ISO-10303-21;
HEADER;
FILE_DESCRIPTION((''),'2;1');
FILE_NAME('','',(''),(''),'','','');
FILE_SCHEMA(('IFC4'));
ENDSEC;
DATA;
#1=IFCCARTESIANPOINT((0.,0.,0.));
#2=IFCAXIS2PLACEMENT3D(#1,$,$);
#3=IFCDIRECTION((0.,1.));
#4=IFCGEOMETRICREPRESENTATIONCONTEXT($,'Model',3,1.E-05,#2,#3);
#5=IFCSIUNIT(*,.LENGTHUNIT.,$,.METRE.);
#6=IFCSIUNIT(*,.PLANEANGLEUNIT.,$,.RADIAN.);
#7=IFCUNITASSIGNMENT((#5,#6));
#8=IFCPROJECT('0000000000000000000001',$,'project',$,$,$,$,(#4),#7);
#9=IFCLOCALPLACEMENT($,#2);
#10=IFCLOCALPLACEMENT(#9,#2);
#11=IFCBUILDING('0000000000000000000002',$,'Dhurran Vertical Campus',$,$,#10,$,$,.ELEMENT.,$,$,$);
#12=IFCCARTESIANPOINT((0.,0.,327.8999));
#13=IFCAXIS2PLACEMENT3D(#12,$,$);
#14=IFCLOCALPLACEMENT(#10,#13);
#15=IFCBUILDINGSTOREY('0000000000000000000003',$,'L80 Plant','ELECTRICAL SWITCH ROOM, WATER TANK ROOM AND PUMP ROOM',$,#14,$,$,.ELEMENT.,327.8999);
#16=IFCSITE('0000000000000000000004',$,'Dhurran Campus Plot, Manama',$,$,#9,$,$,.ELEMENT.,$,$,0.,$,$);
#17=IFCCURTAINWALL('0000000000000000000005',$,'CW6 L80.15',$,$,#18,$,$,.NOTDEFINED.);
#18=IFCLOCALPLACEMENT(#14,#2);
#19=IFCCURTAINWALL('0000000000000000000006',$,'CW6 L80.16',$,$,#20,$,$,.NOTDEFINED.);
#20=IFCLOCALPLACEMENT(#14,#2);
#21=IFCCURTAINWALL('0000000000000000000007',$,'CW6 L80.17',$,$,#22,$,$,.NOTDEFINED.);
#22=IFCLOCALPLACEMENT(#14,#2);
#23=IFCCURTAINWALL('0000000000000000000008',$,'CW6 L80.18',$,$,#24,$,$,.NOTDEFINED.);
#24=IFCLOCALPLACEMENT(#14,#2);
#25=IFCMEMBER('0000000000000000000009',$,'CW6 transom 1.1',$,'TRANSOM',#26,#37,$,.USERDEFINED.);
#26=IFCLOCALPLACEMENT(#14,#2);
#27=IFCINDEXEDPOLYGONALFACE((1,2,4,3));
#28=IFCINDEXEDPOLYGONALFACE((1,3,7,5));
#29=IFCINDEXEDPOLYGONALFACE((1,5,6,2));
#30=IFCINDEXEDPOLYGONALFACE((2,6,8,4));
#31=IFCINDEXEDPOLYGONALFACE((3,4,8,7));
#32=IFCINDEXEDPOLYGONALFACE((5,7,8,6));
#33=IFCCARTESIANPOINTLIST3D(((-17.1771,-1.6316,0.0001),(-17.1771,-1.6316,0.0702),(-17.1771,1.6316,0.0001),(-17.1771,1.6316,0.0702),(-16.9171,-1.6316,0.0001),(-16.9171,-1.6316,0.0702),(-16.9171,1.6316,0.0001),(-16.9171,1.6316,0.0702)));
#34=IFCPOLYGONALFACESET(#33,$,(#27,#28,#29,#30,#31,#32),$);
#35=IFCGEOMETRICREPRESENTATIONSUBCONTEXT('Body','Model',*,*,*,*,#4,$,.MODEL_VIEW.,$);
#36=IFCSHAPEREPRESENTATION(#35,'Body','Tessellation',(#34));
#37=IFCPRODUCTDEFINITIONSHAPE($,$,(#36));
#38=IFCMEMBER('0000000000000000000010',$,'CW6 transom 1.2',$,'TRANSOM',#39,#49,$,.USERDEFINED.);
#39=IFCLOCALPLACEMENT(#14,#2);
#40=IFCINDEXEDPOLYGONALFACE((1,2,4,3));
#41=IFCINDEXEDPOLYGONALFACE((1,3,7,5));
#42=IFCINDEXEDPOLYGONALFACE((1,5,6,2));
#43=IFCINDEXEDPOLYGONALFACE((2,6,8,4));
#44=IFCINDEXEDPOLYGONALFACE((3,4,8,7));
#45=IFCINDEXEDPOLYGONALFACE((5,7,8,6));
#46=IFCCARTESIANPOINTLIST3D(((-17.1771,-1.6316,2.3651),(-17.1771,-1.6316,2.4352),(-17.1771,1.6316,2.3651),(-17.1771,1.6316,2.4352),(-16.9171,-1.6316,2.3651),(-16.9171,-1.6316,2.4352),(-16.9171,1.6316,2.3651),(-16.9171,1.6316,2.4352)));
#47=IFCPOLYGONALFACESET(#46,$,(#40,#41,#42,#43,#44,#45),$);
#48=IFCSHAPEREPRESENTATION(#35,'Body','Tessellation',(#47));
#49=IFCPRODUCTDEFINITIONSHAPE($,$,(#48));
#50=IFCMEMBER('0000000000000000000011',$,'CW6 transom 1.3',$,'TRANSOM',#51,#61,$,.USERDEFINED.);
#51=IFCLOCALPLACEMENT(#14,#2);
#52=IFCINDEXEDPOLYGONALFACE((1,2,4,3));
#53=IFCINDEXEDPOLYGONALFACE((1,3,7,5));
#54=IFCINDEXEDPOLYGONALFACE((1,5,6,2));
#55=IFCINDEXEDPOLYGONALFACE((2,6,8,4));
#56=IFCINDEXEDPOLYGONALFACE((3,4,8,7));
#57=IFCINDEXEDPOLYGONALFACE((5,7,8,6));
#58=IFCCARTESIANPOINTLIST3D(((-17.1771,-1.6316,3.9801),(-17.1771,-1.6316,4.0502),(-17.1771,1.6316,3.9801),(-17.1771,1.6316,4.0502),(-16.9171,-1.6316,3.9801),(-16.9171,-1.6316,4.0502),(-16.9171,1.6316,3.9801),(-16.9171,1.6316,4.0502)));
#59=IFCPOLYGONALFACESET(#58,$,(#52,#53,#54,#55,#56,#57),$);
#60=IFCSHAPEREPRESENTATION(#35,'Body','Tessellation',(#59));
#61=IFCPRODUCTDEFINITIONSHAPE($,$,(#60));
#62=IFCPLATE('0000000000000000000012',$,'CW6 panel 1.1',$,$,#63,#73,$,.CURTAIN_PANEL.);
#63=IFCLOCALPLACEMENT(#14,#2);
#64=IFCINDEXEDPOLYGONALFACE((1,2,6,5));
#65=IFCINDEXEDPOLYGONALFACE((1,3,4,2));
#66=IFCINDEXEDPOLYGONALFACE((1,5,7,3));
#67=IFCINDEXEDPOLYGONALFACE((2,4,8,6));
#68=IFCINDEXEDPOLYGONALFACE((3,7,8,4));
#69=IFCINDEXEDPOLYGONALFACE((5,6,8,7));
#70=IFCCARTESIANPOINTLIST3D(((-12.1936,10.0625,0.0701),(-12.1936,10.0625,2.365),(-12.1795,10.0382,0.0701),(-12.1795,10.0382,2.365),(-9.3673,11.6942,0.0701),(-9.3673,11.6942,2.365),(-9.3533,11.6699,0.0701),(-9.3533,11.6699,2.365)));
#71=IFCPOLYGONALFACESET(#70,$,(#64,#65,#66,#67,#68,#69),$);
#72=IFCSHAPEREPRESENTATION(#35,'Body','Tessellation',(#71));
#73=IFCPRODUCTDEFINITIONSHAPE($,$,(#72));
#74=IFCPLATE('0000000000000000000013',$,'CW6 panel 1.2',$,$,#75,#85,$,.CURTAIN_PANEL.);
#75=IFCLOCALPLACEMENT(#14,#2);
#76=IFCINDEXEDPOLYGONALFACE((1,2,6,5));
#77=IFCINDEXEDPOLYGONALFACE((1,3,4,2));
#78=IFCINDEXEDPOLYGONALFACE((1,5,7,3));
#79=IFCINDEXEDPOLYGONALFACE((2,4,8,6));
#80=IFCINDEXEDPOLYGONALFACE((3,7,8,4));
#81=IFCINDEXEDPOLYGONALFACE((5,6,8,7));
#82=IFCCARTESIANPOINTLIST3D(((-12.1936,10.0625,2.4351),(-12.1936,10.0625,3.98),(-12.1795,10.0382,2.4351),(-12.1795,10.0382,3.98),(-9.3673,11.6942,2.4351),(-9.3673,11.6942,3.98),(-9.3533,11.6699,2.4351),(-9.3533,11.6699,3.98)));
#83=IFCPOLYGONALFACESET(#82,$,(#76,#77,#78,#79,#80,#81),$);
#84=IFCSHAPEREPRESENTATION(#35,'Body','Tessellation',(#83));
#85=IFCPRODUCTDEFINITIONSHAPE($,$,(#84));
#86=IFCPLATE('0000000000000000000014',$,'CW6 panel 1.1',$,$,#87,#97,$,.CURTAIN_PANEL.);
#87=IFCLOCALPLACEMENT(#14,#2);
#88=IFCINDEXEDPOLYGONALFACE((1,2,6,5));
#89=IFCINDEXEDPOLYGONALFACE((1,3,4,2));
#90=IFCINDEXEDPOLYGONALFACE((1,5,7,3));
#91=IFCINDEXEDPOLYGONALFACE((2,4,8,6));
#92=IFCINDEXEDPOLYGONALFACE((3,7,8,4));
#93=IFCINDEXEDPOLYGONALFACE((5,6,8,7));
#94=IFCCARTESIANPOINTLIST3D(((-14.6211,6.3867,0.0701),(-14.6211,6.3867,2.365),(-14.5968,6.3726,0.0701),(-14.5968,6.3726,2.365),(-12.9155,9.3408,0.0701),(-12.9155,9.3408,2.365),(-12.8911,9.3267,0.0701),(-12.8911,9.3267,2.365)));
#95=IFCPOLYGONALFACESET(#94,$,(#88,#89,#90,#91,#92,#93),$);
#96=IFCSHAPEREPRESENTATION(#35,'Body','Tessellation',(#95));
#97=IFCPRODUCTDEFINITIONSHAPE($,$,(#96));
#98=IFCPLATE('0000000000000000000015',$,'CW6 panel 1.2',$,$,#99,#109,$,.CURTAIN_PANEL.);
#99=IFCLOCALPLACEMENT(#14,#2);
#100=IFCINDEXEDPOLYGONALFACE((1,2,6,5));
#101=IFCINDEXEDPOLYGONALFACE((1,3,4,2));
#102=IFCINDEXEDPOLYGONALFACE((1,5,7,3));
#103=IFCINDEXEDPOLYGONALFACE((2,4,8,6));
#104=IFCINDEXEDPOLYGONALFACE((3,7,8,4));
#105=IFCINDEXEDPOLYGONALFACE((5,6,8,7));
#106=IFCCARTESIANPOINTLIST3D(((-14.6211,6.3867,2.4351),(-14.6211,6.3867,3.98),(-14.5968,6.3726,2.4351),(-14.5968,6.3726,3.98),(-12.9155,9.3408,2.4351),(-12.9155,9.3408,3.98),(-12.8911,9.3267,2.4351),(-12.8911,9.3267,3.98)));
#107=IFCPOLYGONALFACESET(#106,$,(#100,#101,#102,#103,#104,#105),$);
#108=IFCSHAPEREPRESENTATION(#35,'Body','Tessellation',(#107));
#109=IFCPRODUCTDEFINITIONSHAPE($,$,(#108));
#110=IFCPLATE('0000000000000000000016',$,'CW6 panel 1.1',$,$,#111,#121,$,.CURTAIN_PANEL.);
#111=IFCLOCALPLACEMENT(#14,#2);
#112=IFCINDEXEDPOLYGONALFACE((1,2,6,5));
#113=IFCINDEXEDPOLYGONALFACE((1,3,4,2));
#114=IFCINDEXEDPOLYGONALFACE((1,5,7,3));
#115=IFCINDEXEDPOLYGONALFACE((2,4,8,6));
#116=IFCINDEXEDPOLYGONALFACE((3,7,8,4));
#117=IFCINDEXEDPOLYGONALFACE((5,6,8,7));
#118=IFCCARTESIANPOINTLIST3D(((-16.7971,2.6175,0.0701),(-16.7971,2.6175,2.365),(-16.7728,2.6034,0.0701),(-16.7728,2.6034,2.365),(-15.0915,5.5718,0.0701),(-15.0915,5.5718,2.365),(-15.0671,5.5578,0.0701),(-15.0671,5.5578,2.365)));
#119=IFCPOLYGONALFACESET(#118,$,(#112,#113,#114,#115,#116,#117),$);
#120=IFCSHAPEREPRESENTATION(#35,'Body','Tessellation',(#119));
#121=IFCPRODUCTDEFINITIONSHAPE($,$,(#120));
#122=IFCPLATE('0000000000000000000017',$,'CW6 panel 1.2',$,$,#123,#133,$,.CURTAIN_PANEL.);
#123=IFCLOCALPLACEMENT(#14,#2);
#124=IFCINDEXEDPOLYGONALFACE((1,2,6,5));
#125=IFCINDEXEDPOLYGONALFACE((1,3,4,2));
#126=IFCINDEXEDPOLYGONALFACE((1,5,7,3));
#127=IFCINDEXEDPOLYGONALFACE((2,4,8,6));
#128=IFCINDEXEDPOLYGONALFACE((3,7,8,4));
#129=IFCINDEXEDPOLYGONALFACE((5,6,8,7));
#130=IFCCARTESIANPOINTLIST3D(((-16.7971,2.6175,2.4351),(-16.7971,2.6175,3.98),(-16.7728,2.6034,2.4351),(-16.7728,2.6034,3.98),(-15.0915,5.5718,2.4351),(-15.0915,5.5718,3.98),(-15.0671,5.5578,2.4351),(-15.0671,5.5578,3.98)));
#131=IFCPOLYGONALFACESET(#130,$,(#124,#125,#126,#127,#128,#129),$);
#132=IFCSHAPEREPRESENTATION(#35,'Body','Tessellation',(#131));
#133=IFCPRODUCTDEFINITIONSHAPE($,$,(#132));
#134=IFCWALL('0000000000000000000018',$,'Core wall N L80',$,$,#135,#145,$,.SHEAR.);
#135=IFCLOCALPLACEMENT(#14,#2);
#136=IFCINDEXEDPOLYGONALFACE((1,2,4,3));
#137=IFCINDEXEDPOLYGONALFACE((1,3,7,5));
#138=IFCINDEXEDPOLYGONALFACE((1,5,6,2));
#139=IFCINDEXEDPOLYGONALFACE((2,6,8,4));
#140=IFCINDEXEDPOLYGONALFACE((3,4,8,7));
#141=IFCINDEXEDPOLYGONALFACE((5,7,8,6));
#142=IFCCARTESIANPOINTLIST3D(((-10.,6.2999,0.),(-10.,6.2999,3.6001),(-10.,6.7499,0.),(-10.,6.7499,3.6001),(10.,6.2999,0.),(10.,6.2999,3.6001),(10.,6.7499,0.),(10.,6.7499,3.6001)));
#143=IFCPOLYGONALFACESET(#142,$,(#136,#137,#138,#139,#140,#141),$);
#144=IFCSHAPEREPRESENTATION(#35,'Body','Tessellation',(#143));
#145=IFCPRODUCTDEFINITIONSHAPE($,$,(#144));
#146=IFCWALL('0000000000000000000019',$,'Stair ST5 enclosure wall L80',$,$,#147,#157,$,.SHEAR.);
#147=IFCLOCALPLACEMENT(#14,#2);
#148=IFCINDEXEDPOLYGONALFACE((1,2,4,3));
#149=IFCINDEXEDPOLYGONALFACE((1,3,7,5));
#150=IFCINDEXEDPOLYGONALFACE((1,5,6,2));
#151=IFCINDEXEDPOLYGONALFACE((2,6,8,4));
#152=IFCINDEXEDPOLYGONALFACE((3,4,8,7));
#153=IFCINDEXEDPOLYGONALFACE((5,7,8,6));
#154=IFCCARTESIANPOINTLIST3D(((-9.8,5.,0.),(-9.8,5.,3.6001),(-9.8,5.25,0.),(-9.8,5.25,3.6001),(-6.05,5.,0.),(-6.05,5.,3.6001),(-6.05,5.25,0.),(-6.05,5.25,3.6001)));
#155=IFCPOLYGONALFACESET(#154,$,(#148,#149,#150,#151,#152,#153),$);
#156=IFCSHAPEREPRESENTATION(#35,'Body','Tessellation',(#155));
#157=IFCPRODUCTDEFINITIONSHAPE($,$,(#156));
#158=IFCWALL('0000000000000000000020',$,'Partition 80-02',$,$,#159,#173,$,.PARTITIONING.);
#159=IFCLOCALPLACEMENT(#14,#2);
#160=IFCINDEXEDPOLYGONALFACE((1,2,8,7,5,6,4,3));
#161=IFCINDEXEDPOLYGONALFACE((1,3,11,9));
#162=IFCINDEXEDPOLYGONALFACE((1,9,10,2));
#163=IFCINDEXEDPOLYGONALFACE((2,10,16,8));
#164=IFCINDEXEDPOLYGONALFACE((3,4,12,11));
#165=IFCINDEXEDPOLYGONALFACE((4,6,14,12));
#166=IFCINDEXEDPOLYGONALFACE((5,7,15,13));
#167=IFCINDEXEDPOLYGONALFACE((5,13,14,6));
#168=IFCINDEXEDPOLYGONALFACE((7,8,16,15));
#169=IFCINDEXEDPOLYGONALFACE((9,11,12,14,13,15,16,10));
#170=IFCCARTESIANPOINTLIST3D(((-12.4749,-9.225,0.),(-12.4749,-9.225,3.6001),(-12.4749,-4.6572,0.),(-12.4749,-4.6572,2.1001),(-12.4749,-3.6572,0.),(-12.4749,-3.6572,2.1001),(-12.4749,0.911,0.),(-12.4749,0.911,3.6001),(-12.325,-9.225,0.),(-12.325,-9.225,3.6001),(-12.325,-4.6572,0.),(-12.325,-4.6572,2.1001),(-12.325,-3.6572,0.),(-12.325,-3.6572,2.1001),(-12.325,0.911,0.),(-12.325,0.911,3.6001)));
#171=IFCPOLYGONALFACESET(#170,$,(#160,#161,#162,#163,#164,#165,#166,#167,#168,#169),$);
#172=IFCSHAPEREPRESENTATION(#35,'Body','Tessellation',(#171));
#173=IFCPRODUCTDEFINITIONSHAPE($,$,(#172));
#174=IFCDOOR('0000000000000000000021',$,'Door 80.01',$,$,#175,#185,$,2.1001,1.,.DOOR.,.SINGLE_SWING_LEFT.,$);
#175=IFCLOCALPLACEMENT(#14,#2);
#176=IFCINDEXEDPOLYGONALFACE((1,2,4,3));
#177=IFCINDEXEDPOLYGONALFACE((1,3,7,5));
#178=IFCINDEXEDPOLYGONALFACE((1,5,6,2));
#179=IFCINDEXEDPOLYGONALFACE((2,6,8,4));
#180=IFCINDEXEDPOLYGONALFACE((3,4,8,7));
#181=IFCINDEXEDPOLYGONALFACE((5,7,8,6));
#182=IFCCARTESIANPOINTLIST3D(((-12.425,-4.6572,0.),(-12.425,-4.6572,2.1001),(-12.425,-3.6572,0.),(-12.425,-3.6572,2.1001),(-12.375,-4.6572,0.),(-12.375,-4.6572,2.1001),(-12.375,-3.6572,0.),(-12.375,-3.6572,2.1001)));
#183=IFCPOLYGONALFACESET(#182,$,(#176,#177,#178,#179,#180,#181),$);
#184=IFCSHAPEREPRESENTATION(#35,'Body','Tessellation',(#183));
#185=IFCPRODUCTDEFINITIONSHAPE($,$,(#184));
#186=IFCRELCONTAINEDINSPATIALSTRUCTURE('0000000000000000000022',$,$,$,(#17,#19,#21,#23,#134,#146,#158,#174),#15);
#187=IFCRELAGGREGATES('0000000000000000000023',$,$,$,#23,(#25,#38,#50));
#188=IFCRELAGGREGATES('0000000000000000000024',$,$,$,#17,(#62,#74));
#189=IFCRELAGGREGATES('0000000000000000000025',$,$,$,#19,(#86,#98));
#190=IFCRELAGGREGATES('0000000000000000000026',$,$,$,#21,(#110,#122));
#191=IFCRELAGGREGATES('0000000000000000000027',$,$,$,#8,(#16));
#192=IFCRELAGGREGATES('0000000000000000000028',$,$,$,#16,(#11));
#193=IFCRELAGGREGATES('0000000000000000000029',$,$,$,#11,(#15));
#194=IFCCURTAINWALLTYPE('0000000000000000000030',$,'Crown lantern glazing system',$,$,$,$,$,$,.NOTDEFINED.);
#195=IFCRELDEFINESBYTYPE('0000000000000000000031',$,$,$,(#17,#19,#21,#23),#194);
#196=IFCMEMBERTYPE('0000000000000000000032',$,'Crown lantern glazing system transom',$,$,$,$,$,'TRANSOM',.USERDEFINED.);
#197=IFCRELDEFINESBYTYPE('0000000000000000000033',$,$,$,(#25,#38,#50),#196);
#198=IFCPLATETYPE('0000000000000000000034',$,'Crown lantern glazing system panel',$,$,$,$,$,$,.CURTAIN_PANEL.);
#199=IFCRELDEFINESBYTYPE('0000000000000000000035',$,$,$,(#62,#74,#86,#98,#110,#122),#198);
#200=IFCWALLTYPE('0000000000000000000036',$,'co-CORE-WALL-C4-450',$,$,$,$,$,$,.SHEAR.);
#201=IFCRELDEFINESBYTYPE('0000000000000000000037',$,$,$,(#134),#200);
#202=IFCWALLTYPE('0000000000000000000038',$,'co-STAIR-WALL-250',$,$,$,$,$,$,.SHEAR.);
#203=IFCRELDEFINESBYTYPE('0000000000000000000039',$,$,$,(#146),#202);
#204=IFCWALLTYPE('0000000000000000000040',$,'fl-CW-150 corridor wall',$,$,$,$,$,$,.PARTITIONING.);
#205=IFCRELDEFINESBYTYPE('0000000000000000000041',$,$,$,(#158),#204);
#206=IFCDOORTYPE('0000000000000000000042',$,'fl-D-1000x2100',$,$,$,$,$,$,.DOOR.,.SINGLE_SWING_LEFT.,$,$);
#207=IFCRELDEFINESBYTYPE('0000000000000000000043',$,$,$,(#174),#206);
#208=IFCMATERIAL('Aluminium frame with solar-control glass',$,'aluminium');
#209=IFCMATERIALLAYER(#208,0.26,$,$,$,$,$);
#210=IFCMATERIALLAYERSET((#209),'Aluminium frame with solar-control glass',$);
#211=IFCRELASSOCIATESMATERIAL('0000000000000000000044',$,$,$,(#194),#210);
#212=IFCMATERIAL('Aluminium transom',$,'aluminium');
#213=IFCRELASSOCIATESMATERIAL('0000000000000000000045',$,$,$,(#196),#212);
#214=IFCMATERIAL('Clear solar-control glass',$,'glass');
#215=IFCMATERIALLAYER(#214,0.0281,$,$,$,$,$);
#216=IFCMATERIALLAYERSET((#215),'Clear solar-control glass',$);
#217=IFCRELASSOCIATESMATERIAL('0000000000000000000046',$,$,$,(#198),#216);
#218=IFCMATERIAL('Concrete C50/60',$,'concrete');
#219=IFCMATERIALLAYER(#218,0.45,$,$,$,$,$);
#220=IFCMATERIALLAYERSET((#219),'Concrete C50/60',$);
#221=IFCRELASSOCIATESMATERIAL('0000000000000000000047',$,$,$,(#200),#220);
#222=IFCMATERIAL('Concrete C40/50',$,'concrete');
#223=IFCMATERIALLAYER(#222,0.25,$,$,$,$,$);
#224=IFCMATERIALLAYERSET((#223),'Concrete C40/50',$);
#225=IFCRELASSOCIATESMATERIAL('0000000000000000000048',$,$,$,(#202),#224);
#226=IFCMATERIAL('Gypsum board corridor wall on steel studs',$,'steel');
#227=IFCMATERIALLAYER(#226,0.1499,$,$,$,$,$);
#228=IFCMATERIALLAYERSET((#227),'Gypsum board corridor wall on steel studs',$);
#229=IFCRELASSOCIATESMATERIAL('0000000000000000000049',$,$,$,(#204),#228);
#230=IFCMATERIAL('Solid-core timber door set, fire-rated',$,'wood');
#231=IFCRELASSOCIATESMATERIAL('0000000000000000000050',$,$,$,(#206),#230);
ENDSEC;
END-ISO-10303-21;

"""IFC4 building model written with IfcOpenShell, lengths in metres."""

from ifc_helpers import new_model, si_unit, direction, frame, frame_2d, origin, origin_2d, place, context, subcontext, project, spatial, rectangle, extrude, material, layer, layer_set, material_profile, profile_set, type_object, element, fill, aggregate, save


model = new_model("IFC4")

# Units and contexts
model_context = context("Model", 3, precision=1e-05, world=origin(), true_north=direction((0.0, 1.0)))
body_context = subcontext(model_context, "Body", "Model", "MODEL_VIEW")
ifc_project = project(units=[si_unit("LENGTHUNIT", "METRE"), si_unit("PLANEANGLEUNIT", "RADIAN")], contexts=[model_context])

# Site, building, storey
site_placement = place(None, origin())
site = spatial("IfcSite", under=ifc_project, at=site_placement, Name="Dhurran Campus Plot, Manama", CompositionType="ELEMENT", RefElevation=0.0)
building_placement = place(site_placement, origin())
building = spatial("IfcBuilding", under=site, at=building_placement, Name="Dhurran Vertical Campus", CompositionType="ELEMENT")
storey_placement = place(building_placement, frame((0.0, 0.0, 327.8999)))
storey = spatial("IfcBuildingStorey", under=building, at=storey_placement, Name="L80 Plant", Description="ELECTRICAL SWITCH ROOM, WATER TANK ROOM AND PUMP ROOM", CompositionType="ELEMENT", Elevation=327.8999)

# Curtain wall
ifc_material_1 = material(Name="Aluminium frame with solar-control glass", Category="aluminium")
ifc_layer_1 = layer(ifc_material_1, 0.26)
ifc_layer_set_1 = layer_set([ifc_layer_1], Name="Aluminium frame with solar-control glass")
curtain_wall_type = type_object("IfcCurtainWallType", Name="Crown lantern glazing system", PredefinedType="NOTDEFINED", material=ifc_layer_set_1)
curtain_wall_1_placement = place(storey_placement, origin())
curtain_wall_1 = element("IfcCurtainWall", 1, at=curtain_wall_1_placement, inside=storey, type_object=curtain_wall_type, Name="CW6 L80.15", PredefinedType="NOTDEFINED")

# Curtain walls
curtain_wall_2_placement = place(storey_placement, origin())
curtain_wall_2 = element("IfcCurtainWall", 2, at=curtain_wall_2_placement, inside=storey, type_object=curtain_wall_type, Name="CW6 L80.16", PredefinedType="NOTDEFINED")
curtain_wall_3_placement = place(storey_placement, origin())
curtain_wall_3 = element("IfcCurtainWall", 3, at=curtain_wall_3_placement, inside=storey, type_object=curtain_wall_type, Name="CW6 L80.17", PredefinedType="NOTDEFINED")

# Curtain wall
curtain_wall_4_placement = place(storey_placement, origin())
curtain_wall_4 = element("IfcCurtainWall", 4, at=curtain_wall_4_placement, inside=storey, type_object=curtain_wall_type, Name="CW6 L80.18", PredefinedType="NOTDEFINED")

# Members
ifc_material_2 = material(Name="Aluminium transom", Category="aluminium")
ifc_material_profile_1 = material_profile(ifc_material_2, rectangle(XDim=0.26, YDim=0.0701, at=origin_2d()), Name="Crown lantern glazing system transom")
ifc_profile_set_1 = profile_set([ifc_material_profile_1], Name="Aluminium transom")
member_type_1 = type_object("IfcMemberType", Name="Crown lantern glazing system transom", ElementType="TRANSOM", PredefinedType="USERDEFINED", material=ifc_profile_set_1)
member_1_placement = place(storey_placement, frame((-17.0471, 1.6316, 0.0352), z_axis=(0.0, -1.0, 0.0), x_axis=(1.0, 0.0, 0.0)))
member_1 = element("IfcMember", 5, at=member_1_placement, type_object=member_type_1, Name="CW6 transom 1.1", ObjectType="TRANSOM", PredefinedType="USERDEFINED", context=body_context, shape_type="SweptSolid", body=[
    extrude(rectangle(XDim=0.26, YDim=0.0701, at=origin_2d()), origin(), (0.0, 0.0, 1.0), 3.2632),
])
member_2_placement = place(storey_placement, frame((-17.0471, 1.6316, 2.4001), z_axis=(0.0, -1.0, 0.0), x_axis=(1.0, 0.0, 0.0)))
member_2 = element("IfcMember", 6, at=member_2_placement, type_object=member_type_1, Name="CW6 transom 1.2", ObjectType="TRANSOM", PredefinedType="USERDEFINED", context=body_context, shape_type="SweptSolid", body=[
    extrude(rectangle(XDim=0.26, YDim=0.0701, at=origin_2d()), origin(), (0.0, 0.0, 1.0), 3.2632),
])
member_3_placement = place(storey_placement, frame((-17.0471, 1.6316, 4.0151), z_axis=(0.0, -1.0, 0.0), x_axis=(1.0, 0.0, 0.0)))
member_3 = element("IfcMember", 7, at=member_3_placement, type_object=member_type_1, Name="CW6 transom 1.3", ObjectType="TRANSOM", PredefinedType="USERDEFINED", context=body_context, shape_type="SweptSolid", body=[
    extrude(rectangle(XDim=0.26, YDim=0.0701, at=origin_2d()), origin(), (0.0, 0.0, 1.0), 3.2632),
])
aggregate(curtain_wall_4, [member_1, member_2, member_3])

# Plates
ifc_material_3 = material(Name="Clear solar-control glass", Category="glass")
ifc_layer_2 = layer(ifc_material_3, 0.0281)
ifc_layer_set_2 = layer_set([ifc_layer_2], Name="Clear solar-control glass")
plate_type = type_object("IfcPlateType", Name="Crown lantern glazing system panel", PredefinedType="CURTAIN_PANEL", material=ifc_layer_set_2)
plate_1_placement = place(storey_placement, frame((-10.7734, 10.8662, 0.0701), z_axis=(0.0, 0.0, 1.0), x_axis=(-0.86603, -0.499991, 0.0)))
plate_1 = element("IfcPlate", 8, at=plate_1_placement, type_object=plate_type, Name="CW6 panel 1.1", PredefinedType="CURTAIN_PANEL", context=body_context, shape_type="SweptSolid", body=[
    extrude(rectangle(XDim=3.2634, YDim=0.0281, at=origin_2d()), origin(), (0.0, 0.0, 1.0), 2.2949),
])
plate_2_placement = place(storey_placement, frame((-10.7734, 10.8662, 2.4351), z_axis=(0.0, 0.0, 1.0), x_axis=(-0.86603, -0.499991, 0.0)))
plate_2 = element("IfcPlate", 9, at=plate_2_placement, type_object=plate_type, Name="CW6 panel 1.2", PredefinedType="CURTAIN_PANEL", context=body_context, shape_type="SweptSolid", body=[
    extrude(rectangle(XDim=3.2634, YDim=0.0281, at=origin_2d()), origin(), (0.0, 0.0, 1.0), 1.5449),
])
aggregate(curtain_wall_1, [plate_1, plate_2])
plate_3_placement = place(storey_placement, frame((-13.7561, 7.8567, 0.0701), z_axis=(0.0, 0.0, 1.0), x_axis=(-0.500016, -0.866016, 0.0)))
plate_3 = element("IfcPlate", 10, at=plate_3_placement, type_object=plate_type, Name="CW6 panel 1.1", PredefinedType="CURTAIN_PANEL", context=body_context, shape_type="SweptSolid", body=[
    extrude(rectangle(XDim=3.4111, YDim=0.0281, at=origin_2d()), origin(), (0.0, 0.0, 1.0), 2.2949),
])
plate_4_placement = place(storey_placement, frame((-13.7561, 7.8567, 2.4351), z_axis=(0.0, 0.0, 1.0), x_axis=(-0.500016, -0.866016, 0.0)))
plate_4 = element("IfcPlate", 11, at=plate_4_placement, type_object=plate_type, Name="CW6 panel 1.2", PredefinedType="CURTAIN_PANEL", context=body_context, shape_type="SweptSolid", body=[
    extrude(rectangle(XDim=3.4111, YDim=0.0281, at=origin_2d()), origin(), (0.0, 0.0, 1.0), 1.5449),
])
aggregate(curtain_wall_2, [plate_3, plate_4])
plate_5_placement = place(storey_placement, frame((-15.9321, 4.0876, 0.0701), z_axis=(0.0, 0.0, 1.0), x_axis=(-0.499991, -0.86603, 0.0)))
plate_5 = element("IfcPlate", 12, at=plate_5_placement, type_object=plate_type, Name="CW6 panel 1.1", PredefinedType="CURTAIN_PANEL", context=body_context, shape_type="SweptSolid", body=[
    extrude(rectangle(XDim=3.4114, YDim=0.0281, at=origin_2d()), origin(), (0.0, 0.0, 1.0), 2.2949),
])
plate_6_placement = place(storey_placement, frame((-15.9321, 4.0876, 2.4351), z_axis=(0.0, 0.0, 1.0), x_axis=(-0.499991, -0.86603, 0.0)))
plate_6 = element("IfcPlate", 13, at=plate_6_placement, type_object=plate_type, Name="CW6 panel 1.2", PredefinedType="CURTAIN_PANEL", context=body_context, shape_type="SweptSolid", body=[
    extrude(rectangle(XDim=3.4114, YDim=0.0281, at=origin_2d()), origin(), (0.0, 0.0, 1.0), 1.5449),
])
aggregate(curtain_wall_3, [plate_5, plate_6])

# Walls
ifc_material_4 = material(Name="Concrete C50/60", Category="concrete")
ifc_layer_3 = layer(ifc_material_4, 0.45)
ifc_layer_set_3 = layer_set([ifc_layer_3], Name="Concrete C50/60")
wall_type_1 = type_object("IfcWallType", Name="co-CORE-WALL-C4-450", PredefinedType="SHEAR", material=ifc_layer_set_3)
wall_1_placement = place(storey_placement, frame((-10.0, 6.5249, 0.0), z_axis=(0.0, 0.0, 1.0), x_axis=(1.0, 0.0, 0.0)))
element("IfcWall", 14, at=wall_1_placement, inside=storey, type_object=wall_type_1, Name="Core wall N L80", PredefinedType="SHEAR", context=body_context, shape_type="SweptSolid", body=[
    extrude(rectangle(XDim=20.0, YDim=0.45, at=frame_2d((10.0, 0.0))), origin(), (0.0, 0.0, 1.0), 3.6001),
])
ifc_material_5 = material(Name="Concrete C40/50", Category="concrete")
ifc_layer_4 = layer(ifc_material_5, 0.25)
ifc_layer_set_4 = layer_set([ifc_layer_4], Name="Concrete C40/50")
wall_type_2 = type_object("IfcWallType", Name="co-STAIR-WALL-250", PredefinedType="SHEAR", material=ifc_layer_set_4)
wall_2_placement = place(storey_placement, frame((-9.8, 5.125, 0.0), z_axis=(0.0, 0.0, 1.0), x_axis=(1.0, 0.0, 0.0)))
element("IfcWall", 15, at=wall_2_placement, inside=storey, type_object=wall_type_2, Name="Stair ST5 enclosure wall L80", PredefinedType="SHEAR", context=body_context, shape_type="SweptSolid", body=[
    extrude(rectangle(XDim=3.75, YDim=0.25, at=frame_2d((1.875, 0.0))), origin(), (0.0, 0.0, 1.0), 3.6001),
])

# Wall, opening, door
ifc_material_6 = material(Name="Gypsum board corridor wall on steel studs", Category="steel")
ifc_layer_5 = layer(ifc_material_6, 0.1499)
ifc_layer_set_5 = layer_set([ifc_layer_5], Name="Gypsum board corridor wall on steel studs")
wall_type_3 = type_object("IfcWallType", Name="fl-CW-150 corridor wall", PredefinedType="PARTITIONING", material=ifc_layer_set_5)
wall_3_placement = place(storey_placement, frame((-12.3999, 0.9109, 0.0), z_axis=(0.0, 0.0, 1.0), x_axis=(0.0, -1.0, 0.0)))
wall_3 = element("IfcWall", 16, at=wall_3_placement, inside=storey, type_object=wall_type_3, Name="Partition 80-02", PredefinedType="PARTITIONING", context=body_context, shape_type="SweptSolid", body=[
    extrude(rectangle(XDim=10.136, YDim=0.1499, at=frame_2d((5.0679, 0.0))), origin(), (0.0, 0.0, 1.0), 3.6001),
])
opening_1_placement = place(wall_3_placement, frame((4.5681, 0.0, 0.0)))
opening_1 = element("IfcOpeningElement", 17, at=opening_1_placement, cuts=wall_3, PredefinedType="OPENING", context=body_context, shape_type="SweptSolid", body=[
    extrude(rectangle(XDim=1.0, YDim=2.1001, at=frame_2d((0.5, 1.05))), frame((0.0, 0.085, 0.0), z_axis=(0.0, -1.0, 0.0), x_axis=(1.0, 0.0, 0.0)), (0.0, 0.0, 1.0), 0.1699),
])
ifc_material_7 = material(Name="Solid-core timber door set, fire-rated", Category="wood")
door_type = type_object("IfcDoorType", Name="fl-D-1000x2100", OperationType="SINGLE_SWING_LEFT", PredefinedType="DOOR", material=ifc_material_7)
door_1_placement = place(opening_1_placement, origin())
door_1 = element("IfcDoor", 18, at=door_1_placement, inside=storey, type_object=door_type, Name="Door 80.01", OperationType="SINGLE_SWING_LEFT", OverallHeight=2.1001, OverallWidth=1.0, PredefinedType="DOOR", context=body_context, shape_type="SweptSolid", body=[
    extrude(rectangle(XDim=1.0, YDim=2.1001, at=frame_2d((0.5, 1.05))), frame((0.0, 0.0249, 0.0), z_axis=(0.0, -1.0, 0.0), x_axis=(1.0, 0.0, 0.0)), (0.0, 0.0, 1.0), 0.05),
])
fill(opening_1, door_1)

save(model, "model.ifc")
